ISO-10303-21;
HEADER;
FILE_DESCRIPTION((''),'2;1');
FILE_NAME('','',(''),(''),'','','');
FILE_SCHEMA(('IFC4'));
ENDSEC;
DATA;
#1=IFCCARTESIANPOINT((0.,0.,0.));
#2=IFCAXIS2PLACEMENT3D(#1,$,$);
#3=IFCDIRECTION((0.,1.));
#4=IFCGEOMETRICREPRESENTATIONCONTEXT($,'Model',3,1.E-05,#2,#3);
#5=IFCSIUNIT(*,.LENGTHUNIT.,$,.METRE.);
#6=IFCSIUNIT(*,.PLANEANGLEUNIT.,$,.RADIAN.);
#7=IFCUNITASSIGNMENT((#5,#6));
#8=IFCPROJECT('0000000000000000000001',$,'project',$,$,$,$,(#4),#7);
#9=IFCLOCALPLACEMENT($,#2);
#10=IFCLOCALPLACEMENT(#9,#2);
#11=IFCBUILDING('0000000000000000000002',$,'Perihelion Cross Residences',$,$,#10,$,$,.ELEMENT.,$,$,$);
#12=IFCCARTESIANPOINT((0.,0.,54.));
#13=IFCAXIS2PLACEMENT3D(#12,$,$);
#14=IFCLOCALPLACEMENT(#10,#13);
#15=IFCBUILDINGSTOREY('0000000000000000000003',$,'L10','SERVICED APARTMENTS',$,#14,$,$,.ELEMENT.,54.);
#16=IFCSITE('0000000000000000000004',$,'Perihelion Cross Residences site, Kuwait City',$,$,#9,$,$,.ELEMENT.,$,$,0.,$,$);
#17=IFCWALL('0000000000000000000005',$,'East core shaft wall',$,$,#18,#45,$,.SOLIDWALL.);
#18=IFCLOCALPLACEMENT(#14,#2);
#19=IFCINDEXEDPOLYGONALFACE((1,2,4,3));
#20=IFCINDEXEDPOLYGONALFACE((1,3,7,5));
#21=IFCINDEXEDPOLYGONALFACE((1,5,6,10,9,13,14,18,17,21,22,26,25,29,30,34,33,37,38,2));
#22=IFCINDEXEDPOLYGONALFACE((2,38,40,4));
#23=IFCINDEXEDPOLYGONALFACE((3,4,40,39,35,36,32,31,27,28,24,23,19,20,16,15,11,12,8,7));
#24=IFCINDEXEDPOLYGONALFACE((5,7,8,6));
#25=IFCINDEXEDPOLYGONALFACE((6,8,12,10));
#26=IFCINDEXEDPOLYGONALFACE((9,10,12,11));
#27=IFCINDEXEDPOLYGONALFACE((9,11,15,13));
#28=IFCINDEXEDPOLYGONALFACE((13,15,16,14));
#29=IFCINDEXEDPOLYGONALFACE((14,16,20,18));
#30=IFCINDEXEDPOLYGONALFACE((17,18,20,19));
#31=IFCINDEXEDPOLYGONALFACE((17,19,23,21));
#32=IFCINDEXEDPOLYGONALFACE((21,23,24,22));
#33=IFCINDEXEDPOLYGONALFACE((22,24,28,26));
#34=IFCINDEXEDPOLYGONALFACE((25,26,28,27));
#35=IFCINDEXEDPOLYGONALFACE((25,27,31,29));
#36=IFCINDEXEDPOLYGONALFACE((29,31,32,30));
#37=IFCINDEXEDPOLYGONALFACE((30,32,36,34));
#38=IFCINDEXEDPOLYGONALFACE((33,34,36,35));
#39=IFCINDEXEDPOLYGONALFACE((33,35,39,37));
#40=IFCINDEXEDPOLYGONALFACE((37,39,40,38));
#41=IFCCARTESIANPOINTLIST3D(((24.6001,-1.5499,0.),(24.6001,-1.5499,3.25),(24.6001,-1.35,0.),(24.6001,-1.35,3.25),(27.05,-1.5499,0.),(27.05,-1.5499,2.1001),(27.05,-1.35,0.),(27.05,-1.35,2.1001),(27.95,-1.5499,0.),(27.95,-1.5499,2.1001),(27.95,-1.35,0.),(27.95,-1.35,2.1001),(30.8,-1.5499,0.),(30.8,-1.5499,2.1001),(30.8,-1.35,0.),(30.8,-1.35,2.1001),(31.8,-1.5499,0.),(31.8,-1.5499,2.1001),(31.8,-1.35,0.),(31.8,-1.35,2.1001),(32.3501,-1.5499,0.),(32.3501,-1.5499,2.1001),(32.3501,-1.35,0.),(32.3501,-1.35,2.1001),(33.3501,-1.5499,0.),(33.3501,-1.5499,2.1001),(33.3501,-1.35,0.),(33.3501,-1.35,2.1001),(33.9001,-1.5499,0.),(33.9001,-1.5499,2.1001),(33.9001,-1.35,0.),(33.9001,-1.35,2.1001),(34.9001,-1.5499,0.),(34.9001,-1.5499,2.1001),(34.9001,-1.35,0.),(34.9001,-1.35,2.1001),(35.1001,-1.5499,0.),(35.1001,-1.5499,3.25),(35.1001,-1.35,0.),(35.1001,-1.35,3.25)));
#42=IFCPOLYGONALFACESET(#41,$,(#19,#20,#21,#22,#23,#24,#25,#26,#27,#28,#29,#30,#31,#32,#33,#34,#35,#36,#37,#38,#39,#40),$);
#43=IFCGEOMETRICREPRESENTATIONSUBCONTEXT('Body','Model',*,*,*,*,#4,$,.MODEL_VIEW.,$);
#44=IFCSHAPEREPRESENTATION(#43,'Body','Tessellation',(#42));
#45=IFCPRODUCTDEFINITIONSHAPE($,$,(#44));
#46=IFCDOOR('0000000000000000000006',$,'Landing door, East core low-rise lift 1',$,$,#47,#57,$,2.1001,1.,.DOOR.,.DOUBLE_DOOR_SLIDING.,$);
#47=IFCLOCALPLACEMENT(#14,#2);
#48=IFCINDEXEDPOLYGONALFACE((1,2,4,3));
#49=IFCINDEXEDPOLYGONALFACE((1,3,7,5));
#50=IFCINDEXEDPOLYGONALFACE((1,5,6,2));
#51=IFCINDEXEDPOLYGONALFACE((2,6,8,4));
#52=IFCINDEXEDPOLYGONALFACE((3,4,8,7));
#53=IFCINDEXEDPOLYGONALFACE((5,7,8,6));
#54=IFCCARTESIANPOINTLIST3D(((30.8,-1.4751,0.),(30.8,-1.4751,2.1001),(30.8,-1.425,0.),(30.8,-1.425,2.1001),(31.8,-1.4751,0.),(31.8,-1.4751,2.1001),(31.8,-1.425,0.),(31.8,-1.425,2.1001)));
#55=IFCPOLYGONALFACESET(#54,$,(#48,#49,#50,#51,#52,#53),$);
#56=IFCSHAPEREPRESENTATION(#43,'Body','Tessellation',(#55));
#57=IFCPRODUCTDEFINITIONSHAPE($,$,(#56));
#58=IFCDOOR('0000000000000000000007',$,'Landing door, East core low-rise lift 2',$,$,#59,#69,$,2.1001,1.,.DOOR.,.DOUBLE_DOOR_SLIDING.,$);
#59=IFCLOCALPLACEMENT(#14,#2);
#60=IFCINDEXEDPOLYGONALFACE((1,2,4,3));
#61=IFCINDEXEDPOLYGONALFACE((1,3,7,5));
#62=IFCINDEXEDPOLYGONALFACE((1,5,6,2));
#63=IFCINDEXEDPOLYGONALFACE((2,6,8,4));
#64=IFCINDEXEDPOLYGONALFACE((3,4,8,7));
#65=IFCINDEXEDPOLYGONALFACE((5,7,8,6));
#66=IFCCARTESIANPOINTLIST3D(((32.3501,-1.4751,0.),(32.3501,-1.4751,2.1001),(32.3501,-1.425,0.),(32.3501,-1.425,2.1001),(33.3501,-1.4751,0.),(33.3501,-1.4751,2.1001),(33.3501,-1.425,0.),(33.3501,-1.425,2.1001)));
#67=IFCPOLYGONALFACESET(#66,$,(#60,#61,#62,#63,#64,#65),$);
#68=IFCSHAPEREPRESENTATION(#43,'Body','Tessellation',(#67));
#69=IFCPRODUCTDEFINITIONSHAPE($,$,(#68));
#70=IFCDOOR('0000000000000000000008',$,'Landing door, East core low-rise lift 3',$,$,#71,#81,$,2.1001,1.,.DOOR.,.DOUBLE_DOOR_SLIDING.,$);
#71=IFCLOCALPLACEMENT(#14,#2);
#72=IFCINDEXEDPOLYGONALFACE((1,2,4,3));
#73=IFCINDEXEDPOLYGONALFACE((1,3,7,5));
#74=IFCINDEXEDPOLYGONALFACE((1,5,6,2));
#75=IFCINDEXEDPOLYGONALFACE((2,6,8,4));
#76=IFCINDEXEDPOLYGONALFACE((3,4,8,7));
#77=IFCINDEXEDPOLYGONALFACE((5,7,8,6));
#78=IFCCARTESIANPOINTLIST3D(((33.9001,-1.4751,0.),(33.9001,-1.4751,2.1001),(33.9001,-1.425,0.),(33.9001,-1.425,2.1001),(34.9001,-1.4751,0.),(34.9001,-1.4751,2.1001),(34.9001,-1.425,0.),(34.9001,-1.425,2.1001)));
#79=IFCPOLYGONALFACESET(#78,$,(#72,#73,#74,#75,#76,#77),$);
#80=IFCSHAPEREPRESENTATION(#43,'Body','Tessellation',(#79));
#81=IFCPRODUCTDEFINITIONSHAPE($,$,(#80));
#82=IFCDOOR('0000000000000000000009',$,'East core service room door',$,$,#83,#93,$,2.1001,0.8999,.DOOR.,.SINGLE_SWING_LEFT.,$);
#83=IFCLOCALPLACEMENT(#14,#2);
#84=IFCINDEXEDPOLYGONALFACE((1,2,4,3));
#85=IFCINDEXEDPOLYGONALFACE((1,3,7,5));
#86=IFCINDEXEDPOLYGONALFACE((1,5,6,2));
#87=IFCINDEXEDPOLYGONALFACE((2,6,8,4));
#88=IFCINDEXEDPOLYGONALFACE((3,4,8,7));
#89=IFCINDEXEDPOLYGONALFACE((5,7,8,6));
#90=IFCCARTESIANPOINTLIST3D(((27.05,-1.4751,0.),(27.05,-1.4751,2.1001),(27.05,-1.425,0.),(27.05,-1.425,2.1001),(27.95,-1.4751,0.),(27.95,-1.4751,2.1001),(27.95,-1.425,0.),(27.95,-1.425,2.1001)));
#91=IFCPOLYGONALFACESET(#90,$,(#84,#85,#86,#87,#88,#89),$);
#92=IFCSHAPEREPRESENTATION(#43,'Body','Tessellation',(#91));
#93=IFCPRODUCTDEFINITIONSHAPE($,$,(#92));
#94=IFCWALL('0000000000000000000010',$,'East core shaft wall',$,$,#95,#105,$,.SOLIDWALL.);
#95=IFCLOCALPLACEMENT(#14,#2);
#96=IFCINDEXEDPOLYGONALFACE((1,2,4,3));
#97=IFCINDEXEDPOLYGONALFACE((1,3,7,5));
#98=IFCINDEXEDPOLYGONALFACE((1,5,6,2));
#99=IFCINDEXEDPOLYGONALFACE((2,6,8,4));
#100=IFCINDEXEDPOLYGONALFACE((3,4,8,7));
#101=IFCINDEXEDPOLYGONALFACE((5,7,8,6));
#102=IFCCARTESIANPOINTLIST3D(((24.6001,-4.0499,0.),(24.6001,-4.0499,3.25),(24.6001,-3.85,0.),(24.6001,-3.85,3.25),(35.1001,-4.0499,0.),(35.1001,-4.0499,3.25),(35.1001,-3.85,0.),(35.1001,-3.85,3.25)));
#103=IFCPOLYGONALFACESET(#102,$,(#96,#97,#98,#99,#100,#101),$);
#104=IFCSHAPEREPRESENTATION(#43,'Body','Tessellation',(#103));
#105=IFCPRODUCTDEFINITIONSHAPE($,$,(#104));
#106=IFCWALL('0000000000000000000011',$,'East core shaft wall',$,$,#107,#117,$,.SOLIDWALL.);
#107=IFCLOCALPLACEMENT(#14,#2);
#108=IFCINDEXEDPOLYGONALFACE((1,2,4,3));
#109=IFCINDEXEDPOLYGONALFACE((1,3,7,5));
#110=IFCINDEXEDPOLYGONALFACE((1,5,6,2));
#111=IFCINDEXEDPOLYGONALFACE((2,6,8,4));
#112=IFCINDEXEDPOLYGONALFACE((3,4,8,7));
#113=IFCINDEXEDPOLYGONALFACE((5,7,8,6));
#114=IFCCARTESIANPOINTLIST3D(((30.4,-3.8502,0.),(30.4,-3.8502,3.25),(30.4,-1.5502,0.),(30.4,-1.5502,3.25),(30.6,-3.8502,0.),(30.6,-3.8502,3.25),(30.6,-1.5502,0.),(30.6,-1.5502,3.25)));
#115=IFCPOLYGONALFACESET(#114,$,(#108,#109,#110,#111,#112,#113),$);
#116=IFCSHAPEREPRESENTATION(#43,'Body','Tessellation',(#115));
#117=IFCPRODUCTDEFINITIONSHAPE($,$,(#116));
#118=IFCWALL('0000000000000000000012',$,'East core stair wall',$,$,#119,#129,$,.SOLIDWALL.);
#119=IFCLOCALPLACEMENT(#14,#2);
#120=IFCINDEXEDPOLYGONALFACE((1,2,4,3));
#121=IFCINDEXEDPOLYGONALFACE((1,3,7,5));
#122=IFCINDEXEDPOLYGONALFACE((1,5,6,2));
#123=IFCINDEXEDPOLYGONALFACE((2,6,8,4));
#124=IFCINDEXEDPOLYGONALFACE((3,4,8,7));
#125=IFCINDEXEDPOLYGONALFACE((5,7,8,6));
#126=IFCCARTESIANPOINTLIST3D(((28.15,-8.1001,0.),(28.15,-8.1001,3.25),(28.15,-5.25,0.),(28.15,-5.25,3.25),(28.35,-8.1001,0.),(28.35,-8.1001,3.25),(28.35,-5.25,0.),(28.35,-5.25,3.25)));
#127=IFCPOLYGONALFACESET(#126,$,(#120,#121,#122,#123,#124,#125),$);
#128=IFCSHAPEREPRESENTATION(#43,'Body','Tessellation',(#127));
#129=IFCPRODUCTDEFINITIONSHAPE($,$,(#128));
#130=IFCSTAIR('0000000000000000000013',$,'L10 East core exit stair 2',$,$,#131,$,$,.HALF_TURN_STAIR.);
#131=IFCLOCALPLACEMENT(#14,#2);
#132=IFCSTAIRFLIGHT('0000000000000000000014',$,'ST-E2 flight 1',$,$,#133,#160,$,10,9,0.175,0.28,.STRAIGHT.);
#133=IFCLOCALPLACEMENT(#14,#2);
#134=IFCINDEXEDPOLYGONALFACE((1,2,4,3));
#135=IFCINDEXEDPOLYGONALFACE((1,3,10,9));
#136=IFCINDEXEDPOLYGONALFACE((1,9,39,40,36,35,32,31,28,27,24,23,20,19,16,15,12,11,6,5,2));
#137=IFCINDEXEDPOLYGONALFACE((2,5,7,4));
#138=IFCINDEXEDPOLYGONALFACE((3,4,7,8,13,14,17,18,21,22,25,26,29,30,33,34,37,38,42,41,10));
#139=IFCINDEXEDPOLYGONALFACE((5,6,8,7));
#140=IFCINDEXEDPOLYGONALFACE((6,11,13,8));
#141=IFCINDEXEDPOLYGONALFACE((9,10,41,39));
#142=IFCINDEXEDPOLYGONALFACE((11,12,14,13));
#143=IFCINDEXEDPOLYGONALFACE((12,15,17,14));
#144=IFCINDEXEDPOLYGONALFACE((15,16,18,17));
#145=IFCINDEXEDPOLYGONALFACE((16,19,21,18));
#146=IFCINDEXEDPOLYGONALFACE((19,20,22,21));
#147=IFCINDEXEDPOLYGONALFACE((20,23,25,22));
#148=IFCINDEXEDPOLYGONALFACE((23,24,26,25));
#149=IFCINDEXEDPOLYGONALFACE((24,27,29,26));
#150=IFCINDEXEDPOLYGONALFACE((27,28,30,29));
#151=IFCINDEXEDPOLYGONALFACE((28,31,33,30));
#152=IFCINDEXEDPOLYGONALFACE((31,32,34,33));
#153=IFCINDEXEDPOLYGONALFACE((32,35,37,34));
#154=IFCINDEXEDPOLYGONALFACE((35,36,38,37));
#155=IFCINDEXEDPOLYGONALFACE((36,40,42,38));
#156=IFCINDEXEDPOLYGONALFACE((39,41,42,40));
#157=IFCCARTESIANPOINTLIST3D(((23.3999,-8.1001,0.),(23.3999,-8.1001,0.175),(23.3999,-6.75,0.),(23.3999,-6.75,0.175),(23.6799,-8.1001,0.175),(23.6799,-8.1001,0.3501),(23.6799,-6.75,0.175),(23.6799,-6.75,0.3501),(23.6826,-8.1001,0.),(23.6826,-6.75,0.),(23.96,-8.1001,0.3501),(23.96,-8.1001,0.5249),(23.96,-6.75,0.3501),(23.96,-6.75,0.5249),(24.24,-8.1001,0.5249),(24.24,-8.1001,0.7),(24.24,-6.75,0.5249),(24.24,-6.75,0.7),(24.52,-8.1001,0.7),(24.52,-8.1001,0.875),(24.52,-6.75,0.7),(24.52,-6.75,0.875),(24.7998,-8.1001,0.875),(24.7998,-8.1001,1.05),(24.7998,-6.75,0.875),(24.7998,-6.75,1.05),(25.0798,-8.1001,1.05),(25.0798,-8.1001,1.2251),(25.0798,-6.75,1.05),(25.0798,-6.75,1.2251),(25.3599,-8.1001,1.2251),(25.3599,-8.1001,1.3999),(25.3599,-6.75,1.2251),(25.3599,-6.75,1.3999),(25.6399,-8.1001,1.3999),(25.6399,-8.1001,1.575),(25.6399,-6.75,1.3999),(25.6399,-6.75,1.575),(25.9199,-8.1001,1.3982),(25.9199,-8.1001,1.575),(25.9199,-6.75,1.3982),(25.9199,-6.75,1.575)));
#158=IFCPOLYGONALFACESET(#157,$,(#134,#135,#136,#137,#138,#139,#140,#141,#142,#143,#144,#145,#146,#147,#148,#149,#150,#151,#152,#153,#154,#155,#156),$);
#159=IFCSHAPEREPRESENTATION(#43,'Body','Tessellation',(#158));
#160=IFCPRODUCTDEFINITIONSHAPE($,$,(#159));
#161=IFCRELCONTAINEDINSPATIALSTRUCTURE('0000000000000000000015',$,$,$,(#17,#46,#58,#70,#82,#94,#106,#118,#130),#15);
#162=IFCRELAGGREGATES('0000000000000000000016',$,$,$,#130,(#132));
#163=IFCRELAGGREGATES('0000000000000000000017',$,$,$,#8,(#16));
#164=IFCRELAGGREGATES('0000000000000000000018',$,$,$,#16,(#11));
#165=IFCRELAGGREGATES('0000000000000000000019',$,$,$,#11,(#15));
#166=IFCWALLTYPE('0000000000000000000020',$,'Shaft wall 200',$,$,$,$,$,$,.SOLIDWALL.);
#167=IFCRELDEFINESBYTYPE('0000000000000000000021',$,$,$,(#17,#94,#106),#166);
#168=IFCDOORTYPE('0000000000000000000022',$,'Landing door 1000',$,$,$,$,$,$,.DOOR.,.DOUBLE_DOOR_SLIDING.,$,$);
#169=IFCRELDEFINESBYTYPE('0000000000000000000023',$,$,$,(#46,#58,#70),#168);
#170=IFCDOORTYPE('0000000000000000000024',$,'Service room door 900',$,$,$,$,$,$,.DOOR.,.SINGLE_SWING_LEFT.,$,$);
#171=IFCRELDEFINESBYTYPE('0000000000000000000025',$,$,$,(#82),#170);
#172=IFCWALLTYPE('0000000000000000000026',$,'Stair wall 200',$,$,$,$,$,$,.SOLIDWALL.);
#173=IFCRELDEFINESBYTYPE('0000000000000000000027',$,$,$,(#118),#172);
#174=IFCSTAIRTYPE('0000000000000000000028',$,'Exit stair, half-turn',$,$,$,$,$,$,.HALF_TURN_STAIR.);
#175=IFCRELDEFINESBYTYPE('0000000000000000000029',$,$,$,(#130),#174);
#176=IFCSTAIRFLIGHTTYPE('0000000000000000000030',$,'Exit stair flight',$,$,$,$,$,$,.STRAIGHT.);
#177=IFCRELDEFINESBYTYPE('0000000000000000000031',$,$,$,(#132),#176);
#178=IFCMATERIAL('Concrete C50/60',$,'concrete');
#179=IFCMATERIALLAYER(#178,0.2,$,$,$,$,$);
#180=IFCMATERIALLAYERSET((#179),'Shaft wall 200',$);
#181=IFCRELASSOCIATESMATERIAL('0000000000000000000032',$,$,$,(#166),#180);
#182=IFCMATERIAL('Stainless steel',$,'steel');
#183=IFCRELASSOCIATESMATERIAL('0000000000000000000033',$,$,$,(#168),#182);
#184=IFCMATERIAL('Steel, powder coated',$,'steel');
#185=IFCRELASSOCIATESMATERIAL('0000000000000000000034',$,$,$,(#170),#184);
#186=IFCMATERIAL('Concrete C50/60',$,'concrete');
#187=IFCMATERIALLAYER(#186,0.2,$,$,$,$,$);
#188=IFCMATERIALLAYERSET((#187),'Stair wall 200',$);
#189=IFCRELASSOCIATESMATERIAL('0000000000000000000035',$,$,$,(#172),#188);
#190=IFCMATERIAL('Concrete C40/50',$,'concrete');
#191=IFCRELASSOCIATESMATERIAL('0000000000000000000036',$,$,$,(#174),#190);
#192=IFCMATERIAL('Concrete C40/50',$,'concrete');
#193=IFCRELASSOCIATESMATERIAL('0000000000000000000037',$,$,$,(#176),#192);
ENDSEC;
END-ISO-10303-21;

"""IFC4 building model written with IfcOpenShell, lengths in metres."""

from ifc_helpers import new_model, si_unit, direction, frame, frame_2d, origin, place, context, subcontext, project, spatial, polyline, rectangle, outline, extrude, material, layer, layer_set, type_object, element, fill, aggregate, save


model = new_model("IFC4")

# Units and contexts
model_context = context("Model", 3, precision=1e-05, world=origin(), true_north=direction((0.0, 1.0)))
body_context = subcontext(model_context, "Body", "Model", "MODEL_VIEW")
ifc_project = project(units=[si_unit("LENGTHUNIT", "METRE"), si_unit("PLANEANGLEUNIT", "RADIAN")], contexts=[model_context])

# Site, building, storey
site_placement = place(None, origin())
site = spatial("IfcSite", under=ifc_project, at=site_placement, Name="Perihelion Cross Residences site, Kuwait City", CompositionType="ELEMENT", RefElevation=0.0)
building_placement = place(site_placement, origin())
building = spatial("IfcBuilding", under=site, at=building_placement, Name="Perihelion Cross Residences", CompositionType="ELEMENT")
storey_placement = place(building_placement, frame((0.0, 0.0, 54.0)))
storey = spatial("IfcBuildingStorey", under=building, at=storey_placement, Name="L10", Description="SERVICED APARTMENTS", CompositionType="ELEMENT", Elevation=54.0)

# Wall, openings, doors
ifc_material_1 = material(Name="Concrete C50/60", Category="concrete")
ifc_layer_1 = layer(ifc_material_1, 0.2)
ifc_layer_set_1 = layer_set([ifc_layer_1], Name="Shaft wall 200")
wall_type_1 = type_object("IfcWallType", Name="Shaft wall 200", PredefinedType="SOLIDWALL", material=ifc_layer_set_1)
wall_1_placement = place(storey_placement, frame((24.6001, -1.45, 0.0), z_axis=(0.0, 0.0, 1.0), x_axis=(1.0, 0.0, 0.0)))
wall_1 = element("IfcWall", 1, at=wall_1_placement, inside=storey, type_object=wall_type_1, Name="East core shaft wall", PredefinedType="SOLIDWALL", context=body_context, shape_type="SweptSolid", body=[
    extrude(rectangle(XDim=10.5, YDim=0.2, at=frame_2d((5.25, 0.0))), origin(), (0.0, 0.0, 1.0), 3.25),
])
opening_1_placement = place(wall_1_placement, frame((6.2, 0.0, 0.0)))
opening_1 = element("IfcOpeningElement", 2, at=opening_1_placement, cuts=wall_1, PredefinedType="OPENING", context=body_context, shape_type="SweptSolid", body=[
    extrude(rectangle(XDim=1.0, YDim=2.1001, at=frame_2d((0.5, 1.05))), frame((0.0, 0.1099, 0.0), z_axis=(0.0, -1.0, 0.0), x_axis=(1.0, 0.0, 0.0)), (0.0, 0.0, 1.0), 0.22),
])
opening_2_placement = place(wall_1_placement, frame((7.75, 0.0, 0.0)))
opening_2 = element("IfcOpeningElement", 3, at=opening_2_placement, cuts=wall_1, PredefinedType="OPENING", context=body_context, shape_type="SweptSolid", body=[
    extrude(rectangle(XDim=1.0, YDim=2.1001, at=frame_2d((0.5, 1.05))), frame((0.0, 0.1099, 0.0), z_axis=(0.0, -1.0, 0.0), x_axis=(1.0, 0.0, 0.0)), (0.0, 0.0, 1.0), 0.22),
])
opening_3_placement = place(wall_1_placement, frame((9.3, 0.0, 0.0)))
opening_3 = element("IfcOpeningElement", 4, at=opening_3_placement, cuts=wall_1, PredefinedType="OPENING", context=body_context, shape_type="SweptSolid", body=[
    extrude(rectangle(XDim=1.0, YDim=2.1001, at=frame_2d((0.5, 1.05))), frame((0.0, 0.1099, 0.0), z_axis=(0.0, -1.0, 0.0), x_axis=(1.0, 0.0, 0.0)), (0.0, 0.0, 1.0), 0.22),
])
opening_4_placement = place(wall_1_placement, frame((2.45, 0.0, 0.0)))
opening_4 = element("IfcOpeningElement", 5, at=opening_4_placement, cuts=wall_1, PredefinedType="OPENING", context=body_context, shape_type="SweptSolid", body=[
    extrude(rectangle(XDim=0.8999, YDim=2.1001, at=frame_2d((0.45, 1.05))), frame((0.0, 0.1099, 0.0), z_axis=(0.0, -1.0, 0.0), x_axis=(1.0, 0.0, 0.0)), (0.0, 0.0, 1.0), 0.22),
])
ifc_material_2 = material(Name="Stainless steel", Category="steel")
door_type_1 = type_object("IfcDoorType", Name="Landing door 1000", OperationType="DOUBLE_DOOR_SLIDING", PredefinedType="DOOR", material=ifc_material_2)
door_1_placement = place(opening_1_placement, origin())
door_1 = element("IfcDoor", 6, at=door_1_placement, inside=storey, type_object=door_type_1, Name="Landing door, East core low-rise lift 1", OperationType="DOUBLE_DOOR_SLIDING", OverallHeight=2.1001, OverallWidth=1.0, PredefinedType="DOOR", context=body_context, shape_type="SweptSolid", body=[
    extrude(rectangle(XDim=1.0, YDim=2.1001, at=frame_2d((0.5, 1.05))), frame((0.0, 0.0249, 0.0), z_axis=(0.0, -1.0, 0.0), x_axis=(1.0, 0.0, 0.0)), (0.0, 0.0, 1.0), 0.05),
])
fill(opening_1, door_1)
door_2_placement = place(opening_2_placement, origin())
door_2 = element("IfcDoor", 7, at=door_2_placement, inside=storey, type_object=door_type_1, Name="Landing door, East core low-rise lift 2", OperationType="DOUBLE_DOOR_SLIDING", OverallHeight=2.1001, OverallWidth=1.0, PredefinedType="DOOR", context=body_context, shape_type="SweptSolid", body=[
    extrude(rectangle(XDim=1.0, YDim=2.1001, at=frame_2d((0.5, 1.05))), frame((0.0, 0.0249, 0.0), z_axis=(0.0, -1.0, 0.0), x_axis=(1.0, 0.0, 0.0)), (0.0, 0.0, 1.0), 0.05),
])
fill(opening_2, door_2)
door_3_placement = place(opening_3_placement, origin())
door_3 = element("IfcDoor", 8, at=door_3_placement, inside=storey, type_object=door_type_1, Name="Landing door, East core low-rise lift 3", OperationType="DOUBLE_DOOR_SLIDING", OverallHeight=2.1001, OverallWidth=1.0, PredefinedType="DOOR", context=body_context, shape_type="SweptSolid", body=[
    extrude(rectangle(XDim=1.0, YDim=2.1001, at=frame_2d((0.5, 1.05))), frame((0.0, 0.0249, 0.0), z_axis=(0.0, -1.0, 0.0), x_axis=(1.0, 0.0, 0.0)), (0.0, 0.0, 1.0), 0.05),
])
fill(opening_3, door_3)
ifc_material_3 = material(Name="Steel, powder coated", Category="steel")
door_type_2 = type_object("IfcDoorType", Name="Service room door 900", OperationType="SINGLE_SWING_LEFT", PredefinedType="DOOR", material=ifc_material_3)
door_4_placement = place(opening_4_placement, origin())
door_4 = element("IfcDoor", 9, at=door_4_placement, inside=storey, type_object=door_type_2, Name="East core service room door", OperationType="SINGLE_SWING_LEFT", OverallHeight=2.1001, OverallWidth=0.8999, PredefinedType="DOOR", context=body_context, shape_type="SweptSolid", body=[
    extrude(rectangle(XDim=0.8999, YDim=2.1001, at=frame_2d((0.45, 1.05))), frame((0.0, 0.0249, 0.0), z_axis=(0.0, -1.0, 0.0), x_axis=(1.0, 0.0, 0.0)), (0.0, 0.0, 1.0), 0.05),
])
fill(opening_4, door_4)

# Walls
wall_2_placement = place(storey_placement, frame((24.6001, -3.95, 0.0), z_axis=(0.0, 0.0, 1.0), x_axis=(1.0, 0.0, 0.0)))
element("IfcWall", 10, at=wall_2_placement, inside=storey, type_object=wall_type_1, Name="East core shaft wall", PredefinedType="SOLIDWALL", context=body_context, shape_type="SweptSolid", body=[
    extrude(rectangle(XDim=10.5, YDim=0.2, at=frame_2d((5.25, 0.0))), origin(), (0.0, 0.0, 1.0), 3.25),
])
wall_3_placement = place(storey_placement, frame((30.5, -3.8501, 0.0), z_axis=(0.0, 0.0, 1.0), x_axis=(0.0, 1.0, 0.0)))
element("IfcWall", 11, at=wall_3_placement, inside=storey, type_object=wall_type_1, Name="East core shaft wall", PredefinedType="SOLIDWALL", context=body_context, shape_type="SweptSolid", body=[
    extrude(rectangle(XDim=2.3, YDim=0.2, at=frame_2d((1.1499, 0.0))), origin(), (0.0, 0.0, 1.0), 3.25),
])
ifc_material_4 = material(Name="Concrete C50/60", Category="concrete")
ifc_layer_2 = layer(ifc_material_4, 0.2)
ifc_layer_set_2 = layer_set([ifc_layer_2], Name="Stair wall 200")
wall_type_2 = type_object("IfcWallType", Name="Stair wall 200", PredefinedType="SOLIDWALL", material=ifc_layer_set_2)
wall_4_placement = place(storey_placement, frame((28.25, -8.1001, 0.0), z_axis=(0.0, 0.0, 1.0), x_axis=(0.0, 1.0, 0.0)))
element("IfcWall", 12, at=wall_4_placement, inside=storey, type_object=wall_type_2, Name="East core stair wall", PredefinedType="SOLIDWALL", context=body_context, shape_type="SweptSolid", body=[
    extrude(rectangle(XDim=2.8501, YDim=0.2, at=frame_2d((1.425, 0.0))), origin(), (0.0, 0.0, 1.0), 3.25),
])

# Stair, stair flight
ifc_material_5 = material(Name="Concrete C40/50", Category="concrete")
stair_type = type_object("IfcStairType", Name="Exit stair, half-turn", PredefinedType="HALF_TURN_STAIR", material=ifc_material_5)
stair_placement = place(storey_placement, origin())
stair = element("IfcStair", 13, at=stair_placement, inside=storey, type_object=stair_type, Name="L10 East core exit stair 2", PredefinedType="HALF_TURN_STAIR")
ifc_material_6 = material(Name="Concrete C40/50", Category="concrete")
stair_flight_type = type_object("IfcStairFlightType", Name="Exit stair flight", PredefinedType="STRAIGHT", material=ifc_material_6)
stair_flight_1_placement = place(storey_placement, frame((23.3999, -7.425, 0.0), z_axis=(0.0, 0.0, 1.0), x_axis=(1.0, 0.0, 0.0)))
stair_flight_1 = element("IfcStairFlight", 14, at=stair_flight_1_placement, type_object=stair_flight_type, Name="ST-E2 flight 1", NumberOfRisers=10, NumberOfTreads=9, PredefinedType="STRAIGHT", RiserHeight=0.175, TreadLength=0.28, context=body_context, shape_type="SweptSolid", body=[
    extrude(outline(polyline([(0.0, 0.0), (0.0, 0.175), (0.28, 0.175), (0.28, 0.3501), (0.5601, 0.3501), (0.5601, 0.5249), (0.8401, 0.5249), (0.8401, 0.7), (1.1201, 0.7), (1.1201, 0.875), (1.3999, 0.875), (1.3999, 1.05), (1.6799, 1.05), (1.6799, 1.2251), (1.96, 1.2251), (1.96, 1.3999), (2.24, 1.3999), (2.24, 1.575), (2.52, 1.575), (2.52, 1.75), (2.52, 1.3982), (0.2827, 0.0), (0.0, 0.0)])), frame((0.0, 0.675, 0.0), z_axis=(0.0, -1.0, 0.0), x_axis=(1.0, 0.0, 0.0)), (0.0, 0.0, 1.0), 1.3501),
])
aggregate(stair, [stair_flight_1])

save(model, "model.ifc")
